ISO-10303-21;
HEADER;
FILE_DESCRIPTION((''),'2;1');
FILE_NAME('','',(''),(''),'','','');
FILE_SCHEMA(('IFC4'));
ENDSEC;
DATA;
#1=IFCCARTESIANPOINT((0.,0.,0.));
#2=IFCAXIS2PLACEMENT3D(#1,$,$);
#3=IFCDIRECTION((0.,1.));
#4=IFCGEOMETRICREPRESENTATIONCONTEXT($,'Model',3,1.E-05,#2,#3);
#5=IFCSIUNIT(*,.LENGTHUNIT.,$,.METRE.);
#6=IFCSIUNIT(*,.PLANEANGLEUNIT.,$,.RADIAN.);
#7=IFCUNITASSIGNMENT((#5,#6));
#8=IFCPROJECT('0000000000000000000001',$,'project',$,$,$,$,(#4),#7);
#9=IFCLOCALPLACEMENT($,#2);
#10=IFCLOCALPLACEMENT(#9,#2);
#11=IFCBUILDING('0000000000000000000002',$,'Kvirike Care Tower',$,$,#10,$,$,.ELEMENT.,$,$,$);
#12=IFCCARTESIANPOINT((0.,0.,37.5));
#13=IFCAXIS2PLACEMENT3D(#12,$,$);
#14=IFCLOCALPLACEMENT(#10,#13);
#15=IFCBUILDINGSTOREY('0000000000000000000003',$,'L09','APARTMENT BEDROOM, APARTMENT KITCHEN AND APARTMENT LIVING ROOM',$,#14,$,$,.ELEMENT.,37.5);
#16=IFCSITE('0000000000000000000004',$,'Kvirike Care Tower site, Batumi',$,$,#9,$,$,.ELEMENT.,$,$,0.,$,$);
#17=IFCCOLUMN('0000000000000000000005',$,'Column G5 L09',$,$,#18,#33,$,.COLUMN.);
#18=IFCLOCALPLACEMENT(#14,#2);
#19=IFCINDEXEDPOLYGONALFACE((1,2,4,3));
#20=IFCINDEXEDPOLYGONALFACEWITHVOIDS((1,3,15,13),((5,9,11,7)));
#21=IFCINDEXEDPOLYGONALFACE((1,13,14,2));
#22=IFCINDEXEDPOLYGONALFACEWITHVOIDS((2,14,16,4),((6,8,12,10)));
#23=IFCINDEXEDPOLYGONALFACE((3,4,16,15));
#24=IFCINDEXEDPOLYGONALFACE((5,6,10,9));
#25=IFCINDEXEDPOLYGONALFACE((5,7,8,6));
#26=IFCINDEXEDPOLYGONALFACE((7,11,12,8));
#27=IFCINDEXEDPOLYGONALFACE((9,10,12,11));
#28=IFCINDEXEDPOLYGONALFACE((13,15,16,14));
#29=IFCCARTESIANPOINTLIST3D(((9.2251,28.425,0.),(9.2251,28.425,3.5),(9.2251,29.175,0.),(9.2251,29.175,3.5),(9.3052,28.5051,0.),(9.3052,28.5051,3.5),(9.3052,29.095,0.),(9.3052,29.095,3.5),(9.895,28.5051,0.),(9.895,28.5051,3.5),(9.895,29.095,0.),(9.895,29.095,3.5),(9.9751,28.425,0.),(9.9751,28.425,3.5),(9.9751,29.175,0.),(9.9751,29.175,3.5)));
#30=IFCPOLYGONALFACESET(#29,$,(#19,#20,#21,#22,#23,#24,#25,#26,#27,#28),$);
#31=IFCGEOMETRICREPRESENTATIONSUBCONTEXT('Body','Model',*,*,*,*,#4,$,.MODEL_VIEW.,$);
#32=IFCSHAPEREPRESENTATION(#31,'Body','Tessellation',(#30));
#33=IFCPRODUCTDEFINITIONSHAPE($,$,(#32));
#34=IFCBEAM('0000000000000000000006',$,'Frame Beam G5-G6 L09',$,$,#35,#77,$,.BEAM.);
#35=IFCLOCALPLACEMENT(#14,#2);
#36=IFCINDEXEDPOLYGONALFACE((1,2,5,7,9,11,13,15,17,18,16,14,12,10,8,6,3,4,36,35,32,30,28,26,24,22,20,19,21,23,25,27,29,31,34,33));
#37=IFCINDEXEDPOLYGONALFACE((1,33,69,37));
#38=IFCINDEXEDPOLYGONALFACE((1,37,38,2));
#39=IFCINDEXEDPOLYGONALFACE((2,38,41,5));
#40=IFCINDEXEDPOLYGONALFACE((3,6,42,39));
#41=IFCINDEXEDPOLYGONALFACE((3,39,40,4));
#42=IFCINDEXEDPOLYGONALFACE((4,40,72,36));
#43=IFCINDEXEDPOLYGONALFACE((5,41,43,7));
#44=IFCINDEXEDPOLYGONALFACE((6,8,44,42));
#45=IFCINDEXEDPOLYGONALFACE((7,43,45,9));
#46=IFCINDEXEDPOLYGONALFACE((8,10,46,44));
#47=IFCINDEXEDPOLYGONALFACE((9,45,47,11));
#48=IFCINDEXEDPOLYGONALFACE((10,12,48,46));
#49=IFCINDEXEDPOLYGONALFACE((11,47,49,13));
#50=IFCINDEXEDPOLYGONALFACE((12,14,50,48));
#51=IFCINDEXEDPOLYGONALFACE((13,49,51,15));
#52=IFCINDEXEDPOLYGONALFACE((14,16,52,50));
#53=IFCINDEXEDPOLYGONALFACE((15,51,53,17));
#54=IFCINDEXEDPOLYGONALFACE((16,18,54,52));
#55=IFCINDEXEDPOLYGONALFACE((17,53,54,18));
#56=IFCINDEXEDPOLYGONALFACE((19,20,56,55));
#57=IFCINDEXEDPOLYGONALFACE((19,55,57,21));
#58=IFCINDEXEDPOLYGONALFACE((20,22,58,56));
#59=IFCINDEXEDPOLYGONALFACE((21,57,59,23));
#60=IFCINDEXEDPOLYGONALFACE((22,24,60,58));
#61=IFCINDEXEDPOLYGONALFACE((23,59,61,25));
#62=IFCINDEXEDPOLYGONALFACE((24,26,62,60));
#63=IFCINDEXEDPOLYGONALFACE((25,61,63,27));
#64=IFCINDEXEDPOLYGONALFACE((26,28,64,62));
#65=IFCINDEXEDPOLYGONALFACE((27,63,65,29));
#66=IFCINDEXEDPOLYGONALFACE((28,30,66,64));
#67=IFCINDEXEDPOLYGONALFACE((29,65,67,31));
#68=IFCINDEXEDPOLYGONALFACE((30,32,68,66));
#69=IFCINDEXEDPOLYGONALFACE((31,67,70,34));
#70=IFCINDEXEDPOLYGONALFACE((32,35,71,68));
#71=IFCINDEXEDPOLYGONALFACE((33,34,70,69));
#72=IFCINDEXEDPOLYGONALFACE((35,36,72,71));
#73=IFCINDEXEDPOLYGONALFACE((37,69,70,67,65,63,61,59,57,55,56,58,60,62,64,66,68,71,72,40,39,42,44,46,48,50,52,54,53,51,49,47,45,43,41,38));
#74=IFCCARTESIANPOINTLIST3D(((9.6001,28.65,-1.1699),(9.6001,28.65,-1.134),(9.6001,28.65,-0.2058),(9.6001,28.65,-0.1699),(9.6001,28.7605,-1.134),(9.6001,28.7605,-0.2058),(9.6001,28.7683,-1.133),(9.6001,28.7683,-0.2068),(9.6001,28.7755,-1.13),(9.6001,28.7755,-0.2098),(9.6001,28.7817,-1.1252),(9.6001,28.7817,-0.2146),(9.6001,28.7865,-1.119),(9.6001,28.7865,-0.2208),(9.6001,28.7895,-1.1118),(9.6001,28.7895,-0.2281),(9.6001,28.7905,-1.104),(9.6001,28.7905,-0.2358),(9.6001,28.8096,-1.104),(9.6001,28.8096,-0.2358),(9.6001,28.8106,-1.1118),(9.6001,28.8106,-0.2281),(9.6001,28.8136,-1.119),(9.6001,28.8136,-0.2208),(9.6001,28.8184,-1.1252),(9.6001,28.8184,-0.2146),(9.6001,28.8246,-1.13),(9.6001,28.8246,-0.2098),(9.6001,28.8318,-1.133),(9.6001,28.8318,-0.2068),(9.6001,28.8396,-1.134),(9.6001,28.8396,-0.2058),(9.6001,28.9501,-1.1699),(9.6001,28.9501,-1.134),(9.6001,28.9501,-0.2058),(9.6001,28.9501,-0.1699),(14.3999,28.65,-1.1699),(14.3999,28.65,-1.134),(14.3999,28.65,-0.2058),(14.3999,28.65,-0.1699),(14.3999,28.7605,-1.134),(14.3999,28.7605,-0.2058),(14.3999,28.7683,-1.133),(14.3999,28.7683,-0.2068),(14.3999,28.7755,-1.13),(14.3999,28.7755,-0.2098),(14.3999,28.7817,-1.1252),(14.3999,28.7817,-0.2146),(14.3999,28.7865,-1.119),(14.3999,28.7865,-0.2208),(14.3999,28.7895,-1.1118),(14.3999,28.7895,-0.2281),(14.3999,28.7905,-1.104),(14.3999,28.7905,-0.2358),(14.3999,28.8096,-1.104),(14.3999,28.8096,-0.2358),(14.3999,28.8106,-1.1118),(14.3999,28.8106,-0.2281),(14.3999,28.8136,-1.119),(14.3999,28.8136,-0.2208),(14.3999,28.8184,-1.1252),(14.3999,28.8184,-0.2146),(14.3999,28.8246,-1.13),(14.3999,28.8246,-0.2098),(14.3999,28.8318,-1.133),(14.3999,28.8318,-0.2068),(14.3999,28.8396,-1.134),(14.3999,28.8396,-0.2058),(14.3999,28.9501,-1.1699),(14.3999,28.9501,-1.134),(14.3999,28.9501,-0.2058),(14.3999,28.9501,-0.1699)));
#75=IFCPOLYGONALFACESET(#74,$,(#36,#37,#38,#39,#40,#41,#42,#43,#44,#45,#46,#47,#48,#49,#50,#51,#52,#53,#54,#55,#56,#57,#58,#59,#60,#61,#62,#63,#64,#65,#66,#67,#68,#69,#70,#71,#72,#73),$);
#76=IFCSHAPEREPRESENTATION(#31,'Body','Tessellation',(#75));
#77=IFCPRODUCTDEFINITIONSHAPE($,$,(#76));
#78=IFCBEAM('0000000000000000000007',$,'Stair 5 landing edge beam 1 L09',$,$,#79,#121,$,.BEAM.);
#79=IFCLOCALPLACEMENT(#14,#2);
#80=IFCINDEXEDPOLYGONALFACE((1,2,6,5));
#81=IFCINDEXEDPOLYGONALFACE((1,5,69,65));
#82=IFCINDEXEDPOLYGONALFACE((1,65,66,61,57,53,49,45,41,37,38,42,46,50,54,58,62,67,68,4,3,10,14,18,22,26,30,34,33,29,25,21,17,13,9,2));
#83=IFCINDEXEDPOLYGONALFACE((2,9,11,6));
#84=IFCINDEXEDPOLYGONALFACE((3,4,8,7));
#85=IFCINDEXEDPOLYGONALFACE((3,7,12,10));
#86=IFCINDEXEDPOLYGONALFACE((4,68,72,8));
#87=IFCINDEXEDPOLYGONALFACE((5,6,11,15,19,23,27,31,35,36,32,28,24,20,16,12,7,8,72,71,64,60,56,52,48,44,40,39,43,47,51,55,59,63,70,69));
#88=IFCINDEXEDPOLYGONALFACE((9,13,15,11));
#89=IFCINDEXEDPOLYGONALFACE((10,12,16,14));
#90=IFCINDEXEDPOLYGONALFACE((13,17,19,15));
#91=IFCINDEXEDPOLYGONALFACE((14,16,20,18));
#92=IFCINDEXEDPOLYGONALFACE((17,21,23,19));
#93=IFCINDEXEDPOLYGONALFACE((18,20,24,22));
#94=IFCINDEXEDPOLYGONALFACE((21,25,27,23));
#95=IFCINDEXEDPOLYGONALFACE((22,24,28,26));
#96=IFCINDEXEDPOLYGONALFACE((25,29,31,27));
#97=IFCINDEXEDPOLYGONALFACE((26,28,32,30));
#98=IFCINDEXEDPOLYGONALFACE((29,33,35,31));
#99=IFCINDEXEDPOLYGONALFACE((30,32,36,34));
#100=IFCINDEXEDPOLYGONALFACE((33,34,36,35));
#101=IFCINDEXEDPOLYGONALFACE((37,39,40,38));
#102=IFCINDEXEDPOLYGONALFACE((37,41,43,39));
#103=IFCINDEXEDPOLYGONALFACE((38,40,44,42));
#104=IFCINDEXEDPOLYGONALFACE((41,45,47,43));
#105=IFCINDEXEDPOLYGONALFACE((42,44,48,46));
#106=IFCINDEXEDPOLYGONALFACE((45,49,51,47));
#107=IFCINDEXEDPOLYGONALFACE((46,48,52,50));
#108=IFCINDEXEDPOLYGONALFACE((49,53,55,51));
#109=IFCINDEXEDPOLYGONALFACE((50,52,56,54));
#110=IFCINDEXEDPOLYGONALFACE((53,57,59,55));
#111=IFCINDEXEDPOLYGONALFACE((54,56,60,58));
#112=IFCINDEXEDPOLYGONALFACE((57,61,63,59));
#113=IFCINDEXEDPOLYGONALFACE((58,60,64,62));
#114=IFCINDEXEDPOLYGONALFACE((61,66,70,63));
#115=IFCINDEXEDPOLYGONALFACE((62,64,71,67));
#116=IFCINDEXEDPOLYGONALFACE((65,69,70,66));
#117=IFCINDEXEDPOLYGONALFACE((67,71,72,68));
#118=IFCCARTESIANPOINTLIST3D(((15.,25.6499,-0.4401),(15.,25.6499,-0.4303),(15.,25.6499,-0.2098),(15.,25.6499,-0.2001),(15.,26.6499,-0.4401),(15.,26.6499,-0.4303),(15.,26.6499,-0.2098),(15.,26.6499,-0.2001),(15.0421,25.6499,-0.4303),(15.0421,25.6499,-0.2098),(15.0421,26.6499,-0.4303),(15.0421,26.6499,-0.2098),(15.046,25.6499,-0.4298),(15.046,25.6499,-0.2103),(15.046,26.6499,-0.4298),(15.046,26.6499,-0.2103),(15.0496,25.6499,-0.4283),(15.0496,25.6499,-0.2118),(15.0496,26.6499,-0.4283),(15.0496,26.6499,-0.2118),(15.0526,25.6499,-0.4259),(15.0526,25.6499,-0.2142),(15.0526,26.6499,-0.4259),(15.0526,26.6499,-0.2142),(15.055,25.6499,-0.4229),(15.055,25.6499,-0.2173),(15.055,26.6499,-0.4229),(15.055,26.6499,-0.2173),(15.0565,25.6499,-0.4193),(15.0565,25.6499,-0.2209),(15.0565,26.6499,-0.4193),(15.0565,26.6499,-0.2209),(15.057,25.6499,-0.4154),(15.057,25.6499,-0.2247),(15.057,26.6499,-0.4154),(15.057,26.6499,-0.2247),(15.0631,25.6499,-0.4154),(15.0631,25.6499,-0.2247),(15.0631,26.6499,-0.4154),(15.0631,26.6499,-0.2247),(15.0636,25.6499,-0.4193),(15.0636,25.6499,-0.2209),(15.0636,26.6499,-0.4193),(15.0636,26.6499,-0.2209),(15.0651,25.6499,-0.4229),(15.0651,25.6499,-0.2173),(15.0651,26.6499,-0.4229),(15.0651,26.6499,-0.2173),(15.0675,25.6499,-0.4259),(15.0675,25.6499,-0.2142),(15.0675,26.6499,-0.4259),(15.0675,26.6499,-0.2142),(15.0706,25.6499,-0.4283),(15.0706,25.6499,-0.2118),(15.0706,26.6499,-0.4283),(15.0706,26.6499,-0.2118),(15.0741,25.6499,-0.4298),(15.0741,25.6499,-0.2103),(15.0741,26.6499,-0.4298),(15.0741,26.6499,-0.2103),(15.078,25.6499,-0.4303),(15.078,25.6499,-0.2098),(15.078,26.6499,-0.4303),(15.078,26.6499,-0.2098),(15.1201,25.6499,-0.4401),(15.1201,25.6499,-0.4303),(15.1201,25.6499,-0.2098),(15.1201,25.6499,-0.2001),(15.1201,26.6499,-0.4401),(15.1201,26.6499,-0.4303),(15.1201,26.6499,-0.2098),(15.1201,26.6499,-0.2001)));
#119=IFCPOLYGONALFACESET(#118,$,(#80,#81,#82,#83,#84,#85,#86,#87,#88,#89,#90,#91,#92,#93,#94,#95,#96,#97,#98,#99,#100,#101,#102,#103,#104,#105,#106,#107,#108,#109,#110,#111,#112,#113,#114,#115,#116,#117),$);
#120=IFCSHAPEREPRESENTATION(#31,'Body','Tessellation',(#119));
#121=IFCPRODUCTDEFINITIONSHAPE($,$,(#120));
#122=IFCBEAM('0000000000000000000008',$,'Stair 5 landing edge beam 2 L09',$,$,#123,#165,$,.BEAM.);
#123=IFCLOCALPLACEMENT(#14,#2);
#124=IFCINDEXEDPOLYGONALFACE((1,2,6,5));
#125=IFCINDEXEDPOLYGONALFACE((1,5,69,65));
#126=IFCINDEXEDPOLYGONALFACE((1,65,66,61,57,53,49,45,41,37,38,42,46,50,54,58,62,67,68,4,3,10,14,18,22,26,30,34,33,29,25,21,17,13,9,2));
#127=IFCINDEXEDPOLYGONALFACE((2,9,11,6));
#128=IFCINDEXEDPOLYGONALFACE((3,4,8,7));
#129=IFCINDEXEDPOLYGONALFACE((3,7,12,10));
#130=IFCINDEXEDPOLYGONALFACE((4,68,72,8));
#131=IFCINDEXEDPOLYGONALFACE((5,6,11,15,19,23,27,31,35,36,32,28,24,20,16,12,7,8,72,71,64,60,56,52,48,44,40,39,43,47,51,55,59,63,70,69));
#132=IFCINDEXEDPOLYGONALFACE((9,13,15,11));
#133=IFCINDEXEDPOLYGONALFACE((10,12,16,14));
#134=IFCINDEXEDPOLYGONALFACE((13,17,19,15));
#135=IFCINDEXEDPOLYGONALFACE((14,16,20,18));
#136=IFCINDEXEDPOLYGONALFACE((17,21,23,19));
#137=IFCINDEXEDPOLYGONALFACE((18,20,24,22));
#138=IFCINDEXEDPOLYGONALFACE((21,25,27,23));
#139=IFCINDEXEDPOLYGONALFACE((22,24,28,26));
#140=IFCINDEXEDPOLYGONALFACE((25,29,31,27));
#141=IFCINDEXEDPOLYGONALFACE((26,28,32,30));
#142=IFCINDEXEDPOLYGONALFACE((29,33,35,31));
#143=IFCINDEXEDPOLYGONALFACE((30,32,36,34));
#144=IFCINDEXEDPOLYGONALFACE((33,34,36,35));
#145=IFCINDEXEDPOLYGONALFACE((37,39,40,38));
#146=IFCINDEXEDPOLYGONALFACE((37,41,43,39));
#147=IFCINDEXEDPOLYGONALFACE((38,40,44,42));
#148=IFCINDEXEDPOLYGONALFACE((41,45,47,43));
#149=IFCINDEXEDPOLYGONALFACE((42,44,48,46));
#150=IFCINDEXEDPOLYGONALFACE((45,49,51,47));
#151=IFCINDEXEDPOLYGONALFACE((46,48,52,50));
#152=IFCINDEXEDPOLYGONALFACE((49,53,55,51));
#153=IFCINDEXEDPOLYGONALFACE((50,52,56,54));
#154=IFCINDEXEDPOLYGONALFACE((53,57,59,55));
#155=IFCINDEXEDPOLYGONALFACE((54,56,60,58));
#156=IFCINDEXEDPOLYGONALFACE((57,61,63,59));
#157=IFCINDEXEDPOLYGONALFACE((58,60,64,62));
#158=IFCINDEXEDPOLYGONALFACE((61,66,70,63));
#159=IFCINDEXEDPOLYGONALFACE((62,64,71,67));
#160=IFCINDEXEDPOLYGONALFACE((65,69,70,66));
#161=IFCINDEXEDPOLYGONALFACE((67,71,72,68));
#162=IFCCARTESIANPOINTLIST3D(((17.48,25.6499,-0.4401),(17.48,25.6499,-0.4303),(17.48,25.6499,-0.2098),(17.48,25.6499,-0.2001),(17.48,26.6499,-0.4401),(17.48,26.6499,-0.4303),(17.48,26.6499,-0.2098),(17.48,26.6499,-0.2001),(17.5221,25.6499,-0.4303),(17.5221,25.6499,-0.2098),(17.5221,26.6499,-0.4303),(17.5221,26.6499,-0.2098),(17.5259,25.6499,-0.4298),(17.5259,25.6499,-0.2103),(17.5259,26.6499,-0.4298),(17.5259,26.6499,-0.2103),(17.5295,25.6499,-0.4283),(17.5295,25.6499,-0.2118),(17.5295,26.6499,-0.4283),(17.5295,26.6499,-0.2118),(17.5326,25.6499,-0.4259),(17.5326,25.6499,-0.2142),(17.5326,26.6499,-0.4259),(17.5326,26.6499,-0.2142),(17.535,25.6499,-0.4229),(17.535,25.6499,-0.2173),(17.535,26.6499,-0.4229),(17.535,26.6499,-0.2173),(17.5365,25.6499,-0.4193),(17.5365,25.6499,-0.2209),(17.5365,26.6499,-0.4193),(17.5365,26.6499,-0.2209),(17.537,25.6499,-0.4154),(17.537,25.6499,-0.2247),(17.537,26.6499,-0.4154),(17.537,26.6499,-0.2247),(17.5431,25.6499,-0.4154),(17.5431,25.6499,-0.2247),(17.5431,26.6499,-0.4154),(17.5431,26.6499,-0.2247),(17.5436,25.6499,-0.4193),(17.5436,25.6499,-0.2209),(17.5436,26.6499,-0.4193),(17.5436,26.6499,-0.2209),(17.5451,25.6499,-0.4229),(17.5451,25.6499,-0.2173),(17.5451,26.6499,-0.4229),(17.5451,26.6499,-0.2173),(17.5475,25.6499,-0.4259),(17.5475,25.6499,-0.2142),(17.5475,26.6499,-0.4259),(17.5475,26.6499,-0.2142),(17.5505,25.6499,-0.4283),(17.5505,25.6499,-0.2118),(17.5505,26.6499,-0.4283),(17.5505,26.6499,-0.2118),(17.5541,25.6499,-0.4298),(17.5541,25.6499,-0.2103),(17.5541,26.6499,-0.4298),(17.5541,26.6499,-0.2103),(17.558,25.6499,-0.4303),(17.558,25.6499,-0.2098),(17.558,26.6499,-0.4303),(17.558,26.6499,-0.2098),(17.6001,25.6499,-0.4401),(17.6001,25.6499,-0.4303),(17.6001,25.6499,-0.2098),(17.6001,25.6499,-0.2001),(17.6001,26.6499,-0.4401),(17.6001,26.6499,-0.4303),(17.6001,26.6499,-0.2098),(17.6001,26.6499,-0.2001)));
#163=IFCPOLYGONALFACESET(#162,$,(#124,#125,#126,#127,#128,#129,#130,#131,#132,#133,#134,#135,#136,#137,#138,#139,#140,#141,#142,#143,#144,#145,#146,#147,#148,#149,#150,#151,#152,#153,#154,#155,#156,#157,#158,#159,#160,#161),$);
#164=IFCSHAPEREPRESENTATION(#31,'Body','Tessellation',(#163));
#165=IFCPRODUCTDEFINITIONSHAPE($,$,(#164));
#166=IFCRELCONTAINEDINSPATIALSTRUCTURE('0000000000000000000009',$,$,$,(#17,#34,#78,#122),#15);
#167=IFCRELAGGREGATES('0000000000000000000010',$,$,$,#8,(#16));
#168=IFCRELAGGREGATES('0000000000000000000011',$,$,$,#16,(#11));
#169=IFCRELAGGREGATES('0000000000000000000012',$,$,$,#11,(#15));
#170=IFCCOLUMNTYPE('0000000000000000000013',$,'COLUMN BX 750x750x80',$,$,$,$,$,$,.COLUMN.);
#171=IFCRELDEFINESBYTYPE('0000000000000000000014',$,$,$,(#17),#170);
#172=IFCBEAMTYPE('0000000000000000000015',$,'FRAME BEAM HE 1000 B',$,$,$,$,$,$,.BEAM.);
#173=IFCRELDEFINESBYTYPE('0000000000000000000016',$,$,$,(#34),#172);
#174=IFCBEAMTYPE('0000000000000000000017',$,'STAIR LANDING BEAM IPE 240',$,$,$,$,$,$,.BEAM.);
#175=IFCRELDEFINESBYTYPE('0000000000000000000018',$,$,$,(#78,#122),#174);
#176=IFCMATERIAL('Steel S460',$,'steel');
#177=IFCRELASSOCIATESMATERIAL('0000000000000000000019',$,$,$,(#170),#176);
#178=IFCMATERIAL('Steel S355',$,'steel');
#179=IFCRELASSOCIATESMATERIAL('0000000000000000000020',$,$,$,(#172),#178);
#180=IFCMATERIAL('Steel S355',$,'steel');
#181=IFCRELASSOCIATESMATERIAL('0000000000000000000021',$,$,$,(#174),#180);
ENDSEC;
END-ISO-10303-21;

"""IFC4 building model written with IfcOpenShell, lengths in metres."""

from ifc_helpers import new_model, si_unit, direction, frame, origin, origin_2d, place, context, subcontext, project, spatial, hollow_rectangle, i_section, extrude, material, material_profile, profile_set, type_object, element, save


model = new_model("IFC4")

# Units and contexts
model_context = context("Model", 3, precision=1e-05, world=origin(), true_north=direction((0.0, 1.0)))
body_context = subcontext(model_context, "Body", "Model", "MODEL_VIEW")
ifc_project = project(units=[si_unit("LENGTHUNIT", "METRE"), si_unit("PLANEANGLEUNIT", "RADIAN")], contexts=[model_context])

# Site, building, storey
site_placement = place(None, origin())
site = spatial("IfcSite", under=ifc_project, at=site_placement, Name="Kvirike Care Tower site, Batumi", CompositionType="ELEMENT", RefElevation=0.0)
building_placement = place(site_placement, origin())
building = spatial("IfcBuilding", under=site, at=building_placement, Name="Kvirike Care Tower", CompositionType="ELEMENT")
storey_placement = place(building_placement, frame((0.0, 0.0, 37.5)))
storey = spatial("IfcBuildingStorey", under=building, at=storey_placement, Name="L09", Description="APARTMENT BEDROOM, APARTMENT KITCHEN AND APARTMENT LIVING ROOM", CompositionType="ELEMENT", Elevation=37.5)

# Column
ifc_material_1 = material(Name="Steel S460", Category="steel")
ifc_material_profile_1 = material_profile(ifc_material_1, hollow_rectangle(XDim=0.75, YDim=0.75, WallThickness=0.0801, at=origin_2d()), Name="BX 750x750x80")
ifc_profile_set_1 = profile_set([ifc_material_profile_1], Name="Steel S460")
column_type = type_object("IfcColumnType", Name="COLUMN BX 750x750x80", PredefinedType="COLUMN", material=ifc_profile_set_1)
column_placement = place(storey_placement, frame((9.6001, 28.8, 0.0), z_axis=(0.0, 0.0, 1.0), x_axis=(0.0, 1.0, 0.0)))
element("IfcColumn", 1, at=column_placement, inside=storey, type_object=column_type, Name="Column G5 L09", PredefinedType="COLUMN", context=body_context, shape_type="SweptSolid", body=[
    extrude(hollow_rectangle(XDim=0.75, YDim=0.75, WallThickness=0.0801, at=origin_2d()), origin(), (0.0, 0.0, 1.0), 3.5),
])

# Beams
ifc_material_2 = material(Name="Steel S355", Category="steel")
ifc_material_profile_2 = material_profile(ifc_material_2, i_section(OverallWidth=0.3, OverallDepth=1.0, WebThickness=0.019, FlangeThickness=0.0359, FilletRadius=0.03, at=origin_2d()), Name="HE 1000 B")
ifc_profile_set_2 = profile_set([ifc_material_profile_2], Name="Steel S355")
beam_type_1 = type_object("IfcBeamType", Name="FRAME BEAM HE 1000 B", PredefinedType="BEAM", material=ifc_profile_set_2)
beam_placement = place(storey_placement, frame((9.6001, 28.8, -0.6699), z_axis=(1.0, 0.0, 0.0), x_axis=(0.0, 1.0, 0.0)))
element("IfcBeam", 2, at=beam_placement, inside=storey, type_object=beam_type_1, Name="Frame Beam G5-G6 L09", PredefinedType="BEAM", context=body_context, shape_type="SweptSolid", body=[
    extrude(i_section(OverallWidth=0.3, OverallDepth=1.0, WebThickness=0.019, FlangeThickness=0.0359, FilletRadius=0.03, at=origin_2d()), origin(), (0.0, 0.0, 1.0), 4.7998),
])
ifc_material_3 = material(Name="Steel S355", Category="steel")
ifc_material_profile_3 = material_profile(ifc_material_3, i_section(OverallWidth=0.1201, OverallDepth=0.24, WebThickness=0.0061, FlangeThickness=0.0098, FilletRadius=0.0149, at=origin_2d()), Name="IPE 240")
ifc_profile_set_3 = profile_set([ifc_material_profile_3], Name="Steel S355")
beam_type_2 = type_object("IfcBeamType", Name="STAIR LANDING BEAM IPE 240", PredefinedType="BEAM", material=ifc_profile_set_3)
for number, where, z_axis, x_axis, name in (
    (3, (15.0601, 25.6499, -0.3201), (0.0, 1.0, 0.0), (-1.0, 0.0, 0.0), "Stair 5 landing edge beam 1 L09"),
    (4, (17.54, 25.6499, -0.3201), (0.0, 1.0, 0.0), (-1.0, 0.0, 0.0), "Stair 5 landing edge beam 2 L09"),
):
    element("IfcBeam", number, at=place(storey_placement, frame(where, z_axis=z_axis, x_axis=x_axis)), inside=storey, type_object=beam_type_2, Name=name, PredefinedType="BEAM", context=body_context, shape_type="SweptSolid", body=[
        extrude(i_section(OverallWidth=0.1201, OverallDepth=0.24, WebThickness=0.0061, FlangeThickness=0.0098, FilletRadius=0.0149, at=origin_2d()), origin(), (0.0, 0.0, 1.0), 1.0),
    ])

save(model, "model.ifc")
